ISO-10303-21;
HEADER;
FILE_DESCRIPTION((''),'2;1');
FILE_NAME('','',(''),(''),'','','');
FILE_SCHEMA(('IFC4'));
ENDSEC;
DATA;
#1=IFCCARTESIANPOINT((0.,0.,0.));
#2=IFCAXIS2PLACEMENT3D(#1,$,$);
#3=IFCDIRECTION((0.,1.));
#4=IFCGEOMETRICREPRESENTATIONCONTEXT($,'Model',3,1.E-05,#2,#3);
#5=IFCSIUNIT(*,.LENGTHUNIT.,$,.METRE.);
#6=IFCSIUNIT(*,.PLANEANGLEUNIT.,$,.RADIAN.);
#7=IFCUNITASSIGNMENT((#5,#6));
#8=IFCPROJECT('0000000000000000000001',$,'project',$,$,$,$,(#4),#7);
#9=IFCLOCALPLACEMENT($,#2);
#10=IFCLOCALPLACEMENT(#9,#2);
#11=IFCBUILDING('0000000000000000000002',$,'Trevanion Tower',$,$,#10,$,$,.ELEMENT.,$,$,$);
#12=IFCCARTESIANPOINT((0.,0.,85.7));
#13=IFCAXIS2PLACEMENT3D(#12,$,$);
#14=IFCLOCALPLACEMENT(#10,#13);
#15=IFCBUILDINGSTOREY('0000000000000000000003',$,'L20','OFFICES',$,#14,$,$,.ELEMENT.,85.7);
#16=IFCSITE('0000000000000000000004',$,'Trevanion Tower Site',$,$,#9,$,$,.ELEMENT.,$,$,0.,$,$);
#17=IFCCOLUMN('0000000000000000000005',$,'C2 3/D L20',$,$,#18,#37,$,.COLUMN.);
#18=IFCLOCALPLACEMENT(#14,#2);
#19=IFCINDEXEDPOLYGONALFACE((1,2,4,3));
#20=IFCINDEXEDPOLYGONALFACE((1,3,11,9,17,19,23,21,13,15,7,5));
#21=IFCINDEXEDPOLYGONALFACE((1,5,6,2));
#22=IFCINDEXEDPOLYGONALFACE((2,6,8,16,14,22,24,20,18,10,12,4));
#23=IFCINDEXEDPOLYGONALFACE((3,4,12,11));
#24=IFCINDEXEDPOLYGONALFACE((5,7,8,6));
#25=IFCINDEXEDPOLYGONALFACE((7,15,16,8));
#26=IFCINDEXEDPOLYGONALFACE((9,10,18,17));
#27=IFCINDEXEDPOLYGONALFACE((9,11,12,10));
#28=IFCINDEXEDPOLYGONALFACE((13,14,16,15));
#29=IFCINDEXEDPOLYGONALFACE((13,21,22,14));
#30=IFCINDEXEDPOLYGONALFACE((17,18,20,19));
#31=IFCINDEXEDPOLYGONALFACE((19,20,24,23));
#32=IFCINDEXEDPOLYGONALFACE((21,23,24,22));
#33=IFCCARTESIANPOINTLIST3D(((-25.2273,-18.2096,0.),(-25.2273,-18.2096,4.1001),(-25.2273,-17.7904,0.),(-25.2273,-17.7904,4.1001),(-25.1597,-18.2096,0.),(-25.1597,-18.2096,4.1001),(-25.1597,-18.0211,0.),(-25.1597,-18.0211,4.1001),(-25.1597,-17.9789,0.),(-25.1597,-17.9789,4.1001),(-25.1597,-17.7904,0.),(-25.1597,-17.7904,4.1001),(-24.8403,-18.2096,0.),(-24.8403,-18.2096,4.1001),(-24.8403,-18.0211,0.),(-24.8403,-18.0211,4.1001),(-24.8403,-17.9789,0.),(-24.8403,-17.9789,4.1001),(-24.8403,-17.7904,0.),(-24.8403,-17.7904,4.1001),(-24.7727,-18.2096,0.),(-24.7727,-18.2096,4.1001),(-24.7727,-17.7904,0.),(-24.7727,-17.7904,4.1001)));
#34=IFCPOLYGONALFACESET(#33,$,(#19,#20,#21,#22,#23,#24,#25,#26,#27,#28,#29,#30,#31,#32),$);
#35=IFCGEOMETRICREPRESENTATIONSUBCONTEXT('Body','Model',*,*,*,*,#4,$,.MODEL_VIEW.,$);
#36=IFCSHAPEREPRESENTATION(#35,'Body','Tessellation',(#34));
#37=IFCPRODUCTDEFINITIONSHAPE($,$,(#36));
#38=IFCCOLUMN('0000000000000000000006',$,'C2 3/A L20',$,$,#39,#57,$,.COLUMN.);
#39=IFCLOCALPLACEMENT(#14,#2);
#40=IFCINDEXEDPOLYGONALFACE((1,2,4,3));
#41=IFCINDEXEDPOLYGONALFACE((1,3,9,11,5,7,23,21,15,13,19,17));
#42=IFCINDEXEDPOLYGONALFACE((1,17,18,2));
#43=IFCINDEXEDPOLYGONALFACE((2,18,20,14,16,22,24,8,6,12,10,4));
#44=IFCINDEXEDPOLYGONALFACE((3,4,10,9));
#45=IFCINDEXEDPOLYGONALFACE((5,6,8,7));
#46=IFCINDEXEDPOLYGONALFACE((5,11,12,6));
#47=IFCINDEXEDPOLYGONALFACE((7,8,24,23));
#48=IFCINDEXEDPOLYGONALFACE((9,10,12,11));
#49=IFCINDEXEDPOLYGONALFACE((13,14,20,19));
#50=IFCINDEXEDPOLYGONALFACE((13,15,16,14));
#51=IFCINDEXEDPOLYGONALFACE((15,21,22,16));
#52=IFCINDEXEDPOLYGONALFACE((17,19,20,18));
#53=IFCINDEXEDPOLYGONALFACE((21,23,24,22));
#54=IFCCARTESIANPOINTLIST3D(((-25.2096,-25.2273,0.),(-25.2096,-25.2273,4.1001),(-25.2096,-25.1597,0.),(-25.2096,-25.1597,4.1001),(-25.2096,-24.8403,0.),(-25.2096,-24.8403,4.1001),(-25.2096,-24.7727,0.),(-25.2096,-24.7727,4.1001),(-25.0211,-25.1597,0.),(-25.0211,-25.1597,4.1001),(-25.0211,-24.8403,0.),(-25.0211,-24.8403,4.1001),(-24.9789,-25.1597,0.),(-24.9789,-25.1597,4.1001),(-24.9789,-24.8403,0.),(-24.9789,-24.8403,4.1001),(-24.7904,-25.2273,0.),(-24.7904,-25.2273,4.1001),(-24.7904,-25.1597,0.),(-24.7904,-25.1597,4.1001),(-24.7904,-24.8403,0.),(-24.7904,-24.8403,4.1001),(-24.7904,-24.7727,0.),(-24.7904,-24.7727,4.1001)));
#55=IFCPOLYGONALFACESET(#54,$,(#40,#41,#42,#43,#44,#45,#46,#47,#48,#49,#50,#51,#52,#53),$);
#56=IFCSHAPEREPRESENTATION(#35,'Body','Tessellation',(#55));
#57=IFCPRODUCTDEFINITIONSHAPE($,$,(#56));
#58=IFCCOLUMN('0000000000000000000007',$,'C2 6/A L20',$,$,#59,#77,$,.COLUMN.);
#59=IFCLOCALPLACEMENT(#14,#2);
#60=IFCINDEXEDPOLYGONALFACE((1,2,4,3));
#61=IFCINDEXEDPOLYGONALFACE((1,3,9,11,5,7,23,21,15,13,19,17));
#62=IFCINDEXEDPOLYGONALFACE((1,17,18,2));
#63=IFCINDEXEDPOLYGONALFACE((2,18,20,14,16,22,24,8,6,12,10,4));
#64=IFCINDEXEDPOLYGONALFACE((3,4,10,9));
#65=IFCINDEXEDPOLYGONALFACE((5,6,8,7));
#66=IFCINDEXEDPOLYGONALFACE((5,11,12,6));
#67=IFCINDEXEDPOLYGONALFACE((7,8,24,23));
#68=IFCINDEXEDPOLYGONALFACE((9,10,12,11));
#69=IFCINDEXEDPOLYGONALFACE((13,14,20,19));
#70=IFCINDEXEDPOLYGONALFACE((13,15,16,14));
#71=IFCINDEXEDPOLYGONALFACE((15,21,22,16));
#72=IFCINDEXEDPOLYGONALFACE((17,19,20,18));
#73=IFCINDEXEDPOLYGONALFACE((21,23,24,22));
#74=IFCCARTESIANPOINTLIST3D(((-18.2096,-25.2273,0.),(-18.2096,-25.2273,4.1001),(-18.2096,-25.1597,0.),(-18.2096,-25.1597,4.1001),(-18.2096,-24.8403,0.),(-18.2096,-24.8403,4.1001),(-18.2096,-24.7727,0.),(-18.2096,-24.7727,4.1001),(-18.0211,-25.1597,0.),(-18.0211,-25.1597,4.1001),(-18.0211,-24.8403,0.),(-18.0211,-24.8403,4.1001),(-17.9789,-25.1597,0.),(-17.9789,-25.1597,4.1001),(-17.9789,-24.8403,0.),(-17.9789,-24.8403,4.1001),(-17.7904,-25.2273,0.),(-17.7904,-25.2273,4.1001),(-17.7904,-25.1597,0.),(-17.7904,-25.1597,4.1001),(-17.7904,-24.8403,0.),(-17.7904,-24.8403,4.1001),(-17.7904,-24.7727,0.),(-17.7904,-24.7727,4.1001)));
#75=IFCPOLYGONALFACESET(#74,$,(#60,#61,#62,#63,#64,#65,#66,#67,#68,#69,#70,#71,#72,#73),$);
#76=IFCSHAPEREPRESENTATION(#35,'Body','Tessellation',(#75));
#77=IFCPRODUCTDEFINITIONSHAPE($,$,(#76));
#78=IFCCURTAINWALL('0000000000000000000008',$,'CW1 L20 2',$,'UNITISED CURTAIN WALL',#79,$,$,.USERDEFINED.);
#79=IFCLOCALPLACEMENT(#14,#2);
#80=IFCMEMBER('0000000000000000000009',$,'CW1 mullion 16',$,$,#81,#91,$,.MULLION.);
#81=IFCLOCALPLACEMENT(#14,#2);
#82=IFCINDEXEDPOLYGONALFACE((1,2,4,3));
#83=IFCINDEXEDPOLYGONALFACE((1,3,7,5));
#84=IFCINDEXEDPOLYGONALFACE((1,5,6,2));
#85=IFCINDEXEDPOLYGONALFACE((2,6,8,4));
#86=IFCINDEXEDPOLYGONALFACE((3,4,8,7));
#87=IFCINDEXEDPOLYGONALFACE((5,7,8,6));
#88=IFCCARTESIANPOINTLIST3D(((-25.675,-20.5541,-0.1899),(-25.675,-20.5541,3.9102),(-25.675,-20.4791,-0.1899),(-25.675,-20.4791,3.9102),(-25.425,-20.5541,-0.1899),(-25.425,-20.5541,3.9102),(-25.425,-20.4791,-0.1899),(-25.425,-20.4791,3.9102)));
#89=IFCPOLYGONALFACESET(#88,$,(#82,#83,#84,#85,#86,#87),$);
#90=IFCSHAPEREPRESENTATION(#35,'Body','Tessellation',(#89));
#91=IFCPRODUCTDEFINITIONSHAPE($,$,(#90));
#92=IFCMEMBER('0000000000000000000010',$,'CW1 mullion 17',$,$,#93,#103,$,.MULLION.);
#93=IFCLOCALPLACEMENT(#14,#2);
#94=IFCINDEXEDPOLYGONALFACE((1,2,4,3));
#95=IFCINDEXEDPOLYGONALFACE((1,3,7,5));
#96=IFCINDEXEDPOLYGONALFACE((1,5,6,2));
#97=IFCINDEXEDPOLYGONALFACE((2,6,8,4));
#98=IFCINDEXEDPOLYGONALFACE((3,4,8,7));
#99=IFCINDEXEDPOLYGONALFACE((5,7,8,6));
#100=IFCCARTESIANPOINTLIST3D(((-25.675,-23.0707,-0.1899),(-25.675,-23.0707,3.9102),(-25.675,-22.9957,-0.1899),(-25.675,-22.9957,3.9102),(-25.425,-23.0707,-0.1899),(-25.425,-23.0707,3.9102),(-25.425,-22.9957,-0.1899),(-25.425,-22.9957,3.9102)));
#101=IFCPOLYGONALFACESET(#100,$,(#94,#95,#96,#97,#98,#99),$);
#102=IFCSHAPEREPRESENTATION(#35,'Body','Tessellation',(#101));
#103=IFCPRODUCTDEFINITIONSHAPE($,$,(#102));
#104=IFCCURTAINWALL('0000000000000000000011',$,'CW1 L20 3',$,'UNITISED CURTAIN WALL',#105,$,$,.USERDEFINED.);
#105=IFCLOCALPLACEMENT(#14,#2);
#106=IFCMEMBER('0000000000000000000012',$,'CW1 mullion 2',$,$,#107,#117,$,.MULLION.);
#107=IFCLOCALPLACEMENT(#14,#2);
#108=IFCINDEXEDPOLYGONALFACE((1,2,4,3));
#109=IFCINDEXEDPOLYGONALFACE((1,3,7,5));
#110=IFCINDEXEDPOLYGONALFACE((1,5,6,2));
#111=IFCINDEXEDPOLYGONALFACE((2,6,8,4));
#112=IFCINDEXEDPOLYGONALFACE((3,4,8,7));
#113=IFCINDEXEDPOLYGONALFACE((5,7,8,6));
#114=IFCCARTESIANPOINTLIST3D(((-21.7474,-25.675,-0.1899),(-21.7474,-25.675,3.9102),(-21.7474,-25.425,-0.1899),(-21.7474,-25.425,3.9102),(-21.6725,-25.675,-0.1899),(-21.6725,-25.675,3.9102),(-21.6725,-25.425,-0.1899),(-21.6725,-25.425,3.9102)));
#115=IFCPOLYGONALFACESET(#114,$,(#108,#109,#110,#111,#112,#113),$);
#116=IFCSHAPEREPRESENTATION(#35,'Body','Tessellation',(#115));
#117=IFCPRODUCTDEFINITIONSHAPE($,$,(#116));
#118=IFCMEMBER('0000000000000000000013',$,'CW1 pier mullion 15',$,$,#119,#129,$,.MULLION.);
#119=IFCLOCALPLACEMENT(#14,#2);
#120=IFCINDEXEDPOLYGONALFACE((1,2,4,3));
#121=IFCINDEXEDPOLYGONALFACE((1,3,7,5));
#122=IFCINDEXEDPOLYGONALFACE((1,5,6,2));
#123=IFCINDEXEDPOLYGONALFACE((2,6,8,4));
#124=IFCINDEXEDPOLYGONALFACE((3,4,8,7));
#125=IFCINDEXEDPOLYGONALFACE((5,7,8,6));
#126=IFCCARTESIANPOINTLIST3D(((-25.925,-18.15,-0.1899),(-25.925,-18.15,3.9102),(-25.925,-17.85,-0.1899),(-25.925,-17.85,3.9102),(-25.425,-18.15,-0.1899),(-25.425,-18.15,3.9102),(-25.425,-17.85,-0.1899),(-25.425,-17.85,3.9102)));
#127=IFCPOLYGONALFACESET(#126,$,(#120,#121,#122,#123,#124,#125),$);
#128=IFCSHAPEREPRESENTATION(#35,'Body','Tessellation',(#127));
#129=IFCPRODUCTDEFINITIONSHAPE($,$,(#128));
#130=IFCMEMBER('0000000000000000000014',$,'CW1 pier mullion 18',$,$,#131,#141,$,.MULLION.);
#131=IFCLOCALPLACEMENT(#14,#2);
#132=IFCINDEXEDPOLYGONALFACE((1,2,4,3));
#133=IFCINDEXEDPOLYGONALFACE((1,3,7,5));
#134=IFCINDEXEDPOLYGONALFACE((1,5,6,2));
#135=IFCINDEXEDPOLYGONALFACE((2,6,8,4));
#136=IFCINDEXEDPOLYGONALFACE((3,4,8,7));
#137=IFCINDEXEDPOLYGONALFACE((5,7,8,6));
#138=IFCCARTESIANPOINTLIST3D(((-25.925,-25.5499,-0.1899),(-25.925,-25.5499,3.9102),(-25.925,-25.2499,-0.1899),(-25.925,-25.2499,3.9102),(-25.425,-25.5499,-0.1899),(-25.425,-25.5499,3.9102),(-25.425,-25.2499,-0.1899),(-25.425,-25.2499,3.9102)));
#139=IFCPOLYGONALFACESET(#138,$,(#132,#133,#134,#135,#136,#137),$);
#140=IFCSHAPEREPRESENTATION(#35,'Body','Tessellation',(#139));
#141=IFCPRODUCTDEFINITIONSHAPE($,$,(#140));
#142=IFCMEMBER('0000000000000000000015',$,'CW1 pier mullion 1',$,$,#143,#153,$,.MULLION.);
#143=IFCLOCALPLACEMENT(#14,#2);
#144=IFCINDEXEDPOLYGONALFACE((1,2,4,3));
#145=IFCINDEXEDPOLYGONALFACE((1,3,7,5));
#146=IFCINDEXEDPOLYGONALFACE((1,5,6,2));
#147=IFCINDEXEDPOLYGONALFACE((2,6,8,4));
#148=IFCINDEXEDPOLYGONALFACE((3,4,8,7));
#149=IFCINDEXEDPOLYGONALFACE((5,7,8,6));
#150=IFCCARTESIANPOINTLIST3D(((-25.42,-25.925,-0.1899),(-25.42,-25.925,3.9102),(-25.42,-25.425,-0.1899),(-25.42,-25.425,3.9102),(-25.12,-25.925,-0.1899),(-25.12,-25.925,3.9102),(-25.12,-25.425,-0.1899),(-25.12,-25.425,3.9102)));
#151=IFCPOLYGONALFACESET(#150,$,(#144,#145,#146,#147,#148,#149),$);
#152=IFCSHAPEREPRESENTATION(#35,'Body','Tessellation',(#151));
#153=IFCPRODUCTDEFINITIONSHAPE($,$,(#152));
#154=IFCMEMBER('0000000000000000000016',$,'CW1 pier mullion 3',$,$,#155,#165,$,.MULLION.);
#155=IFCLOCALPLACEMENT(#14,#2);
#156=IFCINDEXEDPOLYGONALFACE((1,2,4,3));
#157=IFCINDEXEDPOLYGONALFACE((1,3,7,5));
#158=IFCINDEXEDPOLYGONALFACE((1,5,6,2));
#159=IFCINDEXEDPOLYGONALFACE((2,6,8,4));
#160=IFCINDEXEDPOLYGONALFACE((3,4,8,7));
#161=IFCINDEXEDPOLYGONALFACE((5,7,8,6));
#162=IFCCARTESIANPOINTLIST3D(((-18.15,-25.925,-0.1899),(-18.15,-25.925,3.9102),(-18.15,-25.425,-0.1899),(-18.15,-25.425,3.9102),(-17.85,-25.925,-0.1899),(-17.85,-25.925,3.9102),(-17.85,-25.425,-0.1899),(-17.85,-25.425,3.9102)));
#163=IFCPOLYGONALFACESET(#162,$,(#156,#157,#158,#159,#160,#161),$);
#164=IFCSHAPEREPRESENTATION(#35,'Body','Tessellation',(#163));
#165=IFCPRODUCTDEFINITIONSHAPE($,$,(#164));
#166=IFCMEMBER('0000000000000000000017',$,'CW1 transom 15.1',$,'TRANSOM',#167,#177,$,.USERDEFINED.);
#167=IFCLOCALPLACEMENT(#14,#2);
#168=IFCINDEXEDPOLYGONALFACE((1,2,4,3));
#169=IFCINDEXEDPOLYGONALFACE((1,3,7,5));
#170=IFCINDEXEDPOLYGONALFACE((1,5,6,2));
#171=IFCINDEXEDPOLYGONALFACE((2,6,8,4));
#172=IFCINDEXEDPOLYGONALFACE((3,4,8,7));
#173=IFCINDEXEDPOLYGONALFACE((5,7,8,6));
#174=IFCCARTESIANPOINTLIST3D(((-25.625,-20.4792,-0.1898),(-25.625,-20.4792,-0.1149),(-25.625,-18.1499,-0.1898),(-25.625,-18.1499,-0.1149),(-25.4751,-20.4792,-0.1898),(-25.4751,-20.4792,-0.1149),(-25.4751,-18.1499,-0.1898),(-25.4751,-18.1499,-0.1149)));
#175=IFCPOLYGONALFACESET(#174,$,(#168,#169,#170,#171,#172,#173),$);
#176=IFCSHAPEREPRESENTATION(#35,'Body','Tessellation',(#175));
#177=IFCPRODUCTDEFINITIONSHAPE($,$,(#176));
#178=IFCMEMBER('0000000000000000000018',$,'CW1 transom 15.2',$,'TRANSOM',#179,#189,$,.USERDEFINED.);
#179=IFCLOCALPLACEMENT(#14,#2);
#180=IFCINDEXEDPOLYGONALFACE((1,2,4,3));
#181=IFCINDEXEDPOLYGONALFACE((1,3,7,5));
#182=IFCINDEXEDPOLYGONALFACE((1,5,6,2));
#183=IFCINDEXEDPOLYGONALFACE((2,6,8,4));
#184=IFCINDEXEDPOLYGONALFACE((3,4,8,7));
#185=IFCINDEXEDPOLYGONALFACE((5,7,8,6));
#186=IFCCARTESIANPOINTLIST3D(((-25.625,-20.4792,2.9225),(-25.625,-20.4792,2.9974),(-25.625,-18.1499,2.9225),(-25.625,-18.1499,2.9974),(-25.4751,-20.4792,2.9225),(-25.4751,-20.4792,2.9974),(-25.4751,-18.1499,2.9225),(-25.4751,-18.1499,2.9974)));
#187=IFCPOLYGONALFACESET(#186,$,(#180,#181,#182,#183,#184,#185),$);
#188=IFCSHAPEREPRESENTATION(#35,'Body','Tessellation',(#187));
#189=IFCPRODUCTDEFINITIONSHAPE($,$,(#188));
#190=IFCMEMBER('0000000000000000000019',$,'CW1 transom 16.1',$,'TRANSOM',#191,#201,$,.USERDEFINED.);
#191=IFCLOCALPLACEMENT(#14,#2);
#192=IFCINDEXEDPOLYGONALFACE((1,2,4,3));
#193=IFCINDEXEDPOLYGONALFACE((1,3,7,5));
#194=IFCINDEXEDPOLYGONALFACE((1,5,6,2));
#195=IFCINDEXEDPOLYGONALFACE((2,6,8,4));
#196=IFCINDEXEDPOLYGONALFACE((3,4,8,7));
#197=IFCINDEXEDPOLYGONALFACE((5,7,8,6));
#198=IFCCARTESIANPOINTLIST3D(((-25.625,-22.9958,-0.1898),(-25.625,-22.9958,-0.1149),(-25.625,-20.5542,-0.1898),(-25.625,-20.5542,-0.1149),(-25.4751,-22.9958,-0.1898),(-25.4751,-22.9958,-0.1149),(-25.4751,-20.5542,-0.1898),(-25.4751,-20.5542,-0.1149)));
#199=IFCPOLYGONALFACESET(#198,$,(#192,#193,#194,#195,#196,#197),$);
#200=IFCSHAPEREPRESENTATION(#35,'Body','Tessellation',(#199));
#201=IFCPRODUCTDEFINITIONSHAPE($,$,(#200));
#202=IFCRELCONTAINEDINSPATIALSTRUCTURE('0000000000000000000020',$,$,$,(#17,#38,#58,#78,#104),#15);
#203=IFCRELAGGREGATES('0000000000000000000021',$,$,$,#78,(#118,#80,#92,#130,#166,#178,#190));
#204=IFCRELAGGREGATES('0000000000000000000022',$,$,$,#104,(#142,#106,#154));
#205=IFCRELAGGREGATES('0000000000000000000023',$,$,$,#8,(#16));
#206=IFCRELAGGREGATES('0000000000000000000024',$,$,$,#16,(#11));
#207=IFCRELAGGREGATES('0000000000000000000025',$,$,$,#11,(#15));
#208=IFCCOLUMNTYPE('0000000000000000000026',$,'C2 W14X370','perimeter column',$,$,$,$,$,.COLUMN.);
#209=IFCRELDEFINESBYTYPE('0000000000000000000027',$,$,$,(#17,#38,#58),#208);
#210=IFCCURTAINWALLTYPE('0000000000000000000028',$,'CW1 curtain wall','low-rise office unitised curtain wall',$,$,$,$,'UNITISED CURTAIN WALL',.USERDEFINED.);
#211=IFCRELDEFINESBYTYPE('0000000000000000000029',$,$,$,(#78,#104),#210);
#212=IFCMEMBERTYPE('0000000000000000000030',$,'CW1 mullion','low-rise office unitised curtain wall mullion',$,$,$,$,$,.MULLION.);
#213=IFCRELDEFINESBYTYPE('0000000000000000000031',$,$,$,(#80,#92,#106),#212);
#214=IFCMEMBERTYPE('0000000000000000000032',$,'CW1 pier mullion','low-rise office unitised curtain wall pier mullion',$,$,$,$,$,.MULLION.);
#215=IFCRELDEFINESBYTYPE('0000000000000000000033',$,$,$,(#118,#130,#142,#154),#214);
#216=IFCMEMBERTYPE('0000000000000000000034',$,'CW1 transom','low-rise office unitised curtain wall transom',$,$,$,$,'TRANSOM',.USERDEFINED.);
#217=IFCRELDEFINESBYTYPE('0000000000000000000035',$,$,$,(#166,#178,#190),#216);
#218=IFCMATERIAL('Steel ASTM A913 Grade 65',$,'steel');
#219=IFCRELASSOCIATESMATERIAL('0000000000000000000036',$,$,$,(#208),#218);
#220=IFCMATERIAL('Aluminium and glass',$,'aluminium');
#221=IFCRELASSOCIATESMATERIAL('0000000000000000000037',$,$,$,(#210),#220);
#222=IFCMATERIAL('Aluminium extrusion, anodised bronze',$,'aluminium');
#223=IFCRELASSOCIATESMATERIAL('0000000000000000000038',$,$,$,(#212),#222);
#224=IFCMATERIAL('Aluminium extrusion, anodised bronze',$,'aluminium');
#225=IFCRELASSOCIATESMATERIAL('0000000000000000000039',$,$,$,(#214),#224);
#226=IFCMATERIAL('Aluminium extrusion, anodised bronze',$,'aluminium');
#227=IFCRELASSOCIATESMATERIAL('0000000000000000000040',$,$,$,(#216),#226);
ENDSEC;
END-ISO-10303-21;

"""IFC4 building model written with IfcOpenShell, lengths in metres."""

from ifc_helpers import new_model, si_unit, direction, frame, origin, origin_2d, place, context, subcontext, project, spatial, rectangle, i_section, extrude, material, material_profile, profile_set, type_object, element, aggregate, save


model = new_model("IFC4")

# Units and contexts
model_context = context("Model", 3, precision=1e-05, world=origin(), true_north=direction((0.0, 1.0)))
body_context = subcontext(model_context, "Body", "Model", "MODEL_VIEW")
ifc_project = project(units=[si_unit("LENGTHUNIT", "METRE"), si_unit("PLANEANGLEUNIT", "RADIAN")], contexts=[model_context])

# Site, building, storey
site_placement = place(None, origin())
site = spatial("IfcSite", under=ifc_project, at=site_placement, Name="Trevanion Tower Site", CompositionType="ELEMENT", RefElevation=0.0)
building_placement = place(site_placement, origin())
building = spatial("IfcBuilding", under=site, at=building_placement, Name="Trevanion Tower", CompositionType="ELEMENT")
storey_placement = place(building_placement, frame((0.0, 0.0, 85.7)))
storey = spatial("IfcBuildingStorey", under=building, at=storey_placement, Name="L20", Description="OFFICES", CompositionType="ELEMENT", Elevation=85.7)

# Columns
ifc_material_1 = material(Name="Steel ASTM A913 Grade 65", Category="steel")
ifc_material_profile_1 = material_profile(ifc_material_1, i_section(OverallWidth=0.4192, OverallDepth=0.4546, WebThickness=0.0422, FlangeThickness=0.0676, at=origin_2d()), Name="W14X370")
ifc_profile_set_1 = profile_set([ifc_material_profile_1], Name="Steel ASTM A913 Grade 65")
column_type = type_object("IfcColumnType", Name="C2 W14X370", Description="perimeter column", PredefinedType="COLUMN", material=ifc_profile_set_1)
for number, where, z_axis, x_axis, name in (
    (1, (-25.0, -18.0, 0.0), (0.0, 0.0, 1.0), (0.0, 1.0, 0.0), "C2 3/D L20"),
    (2, (-25.0, -25.0, 0.0), (0.0, 0.0, 1.0), (1.0, 0.0, 0.0), "C2 3/A L20"),
    (3, (-18.0, -25.0, 0.0), (0.0, 0.0, 1.0), (1.0, 0.0, 0.0), "C2 6/A L20"),
):
    element("IfcColumn", number, at=place(storey_placement, frame(where, z_axis=z_axis, x_axis=x_axis)), inside=storey, type_object=column_type, Name=name, PredefinedType="COLUMN", context=body_context, shape_type="SweptSolid", body=[
        extrude(i_section(OverallWidth=0.4192, OverallDepth=0.4546, WebThickness=0.0422, FlangeThickness=0.0676, at=origin_2d()), origin(), (0.0, 0.0, 1.0), 4.1001),
    ])

# Curtain wall, members
ifc_material_2 = material(Name="Aluminium and glass", Category="aluminium")
curtain_wall_type = type_object("IfcCurtainWallType", Name="CW1 curtain wall", Description="low-rise office unitised curtain wall", ElementType="UNITISED CURTAIN WALL", PredefinedType="USERDEFINED", material=ifc_material_2)
curtain_wall_1_placement = place(storey_placement, origin())
curtain_wall_1 = element("IfcCurtainWall", 4, at=curtain_wall_1_placement, inside=storey, type_object=curtain_wall_type, Name="CW1 L20 2", ObjectType="UNITISED CURTAIN WALL", PredefinedType="USERDEFINED")
ifc_material_3 = material(Name="Aluminium extrusion, anodised bronze", Category="aluminium")
ifc_material_profile_2 = material_profile(ifc_material_3, rectangle(XDim=0.075, YDim=0.25, at=origin_2d()), Name="CW1 mullion")
ifc_profile_set_2 = profile_set([ifc_material_profile_2], Name="Aluminium extrusion, anodised bronze")
member_type_1 = type_object("IfcMemberType", Name="CW1 mullion", Description="low-rise office unitised curtain wall mullion", PredefinedType="MULLION", material=ifc_profile_set_2)
member_1_placement = place(storey_placement, frame((-25.55, -20.5166, -0.1899), z_axis=(0.0, 0.0, 1.0), x_axis=(0.0, -1.0, 0.0)))
member_1 = element("IfcMember", 5, at=member_1_placement, type_object=member_type_1, Name="CW1 mullion 16", PredefinedType="MULLION", context=body_context, shape_type="SweptSolid", body=[
    extrude(rectangle(XDim=0.075, YDim=0.25, at=origin_2d()), origin(), (0.0, 0.0, 1.0), 4.1001),
])
member_2_placement = place(storey_placement, frame((-25.55, -23.0332, -0.1899), z_axis=(0.0, 0.0, 1.0), x_axis=(0.0, -1.0, 0.0)))
member_2 = element("IfcMember", 6, at=member_2_placement, type_object=member_type_1, Name="CW1 mullion 17", PredefinedType="MULLION", context=body_context, shape_type="SweptSolid", body=[
    extrude(rectangle(XDim=0.075, YDim=0.25, at=origin_2d()), origin(), (0.0, 0.0, 1.0), 4.1001),
])

# Curtain wall, member
curtain_wall_2_placement = place(storey_placement, origin())
curtain_wall_2 = element("IfcCurtainWall", 7, at=curtain_wall_2_placement, inside=storey, type_object=curtain_wall_type, Name="CW1 L20 3", ObjectType="UNITISED CURTAIN WALL", PredefinedType="USERDEFINED")
member_3_placement = place(storey_placement, frame((-21.71, -25.55, -0.1899), z_axis=(0.0, 0.0, 1.0), x_axis=(1.0, 0.0, 0.0)))
member_3 = element("IfcMember", 8, at=member_3_placement, type_object=member_type_1, Name="CW1 mullion 2", PredefinedType="MULLION", context=body_context, shape_type="SweptSolid", body=[
    extrude(rectangle(XDim=0.075, YDim=0.25, at=origin_2d()), origin(), (0.0, 0.0, 1.0), 4.1001),
])

# Members
ifc_material_4 = material(Name="Aluminium extrusion, anodised bronze", Category="aluminium")
ifc_material_profile_3 = material_profile(ifc_material_4, rectangle(XDim=0.3, YDim=0.5, at=origin_2d()), Name="CW1 pier mullion")
ifc_profile_set_3 = profile_set([ifc_material_profile_3], Name="Aluminium extrusion, anodised bronze")
member_type_2 = type_object("IfcMemberType", Name="CW1 pier mullion", Description="low-rise office unitised curtain wall pier mullion", PredefinedType="MULLION", material=ifc_profile_set_3)
member_4_placement = place(storey_placement, frame((-25.675, -18.0, -0.1899), z_axis=(0.0, 0.0, 1.0), x_axis=(0.0, -1.0, 0.0)))
member_4 = element("IfcMember", 9, at=member_4_placement, type_object=member_type_2, Name="CW1 pier mullion 15", PredefinedType="MULLION", context=body_context, shape_type="SweptSolid", body=[
    extrude(rectangle(XDim=0.3, YDim=0.5, at=origin_2d()), origin(), (0.0, 0.0, 1.0), 4.1001),
])
member_5_placement = place(storey_placement, frame((-25.675, -25.3999, -0.1899), z_axis=(0.0, 0.0, 1.0), x_axis=(0.0, -1.0, 0.0)))
member_5 = element("IfcMember", 10, at=member_5_placement, type_object=member_type_2, Name="CW1 pier mullion 18", PredefinedType="MULLION", context=body_context, shape_type="SweptSolid", body=[
    extrude(rectangle(XDim=0.3, YDim=0.5, at=origin_2d()), origin(), (0.0, 0.0, 1.0), 4.1001),
])
member_6_placement = place(storey_placement, frame((-25.27, -25.675, -0.1899), z_axis=(0.0, 0.0, 1.0), x_axis=(1.0, 0.0, 0.0)))
member_6 = element("IfcMember", 11, at=member_6_placement, type_object=member_type_2, Name="CW1 pier mullion 1", PredefinedType="MULLION", context=body_context, shape_type="SweptSolid", body=[
    extrude(rectangle(XDim=0.3, YDim=0.5, at=origin_2d()), origin(), (0.0, 0.0, 1.0), 4.1001),
])
member_7_placement = place(storey_placement, frame((-18.0, -25.675, -0.1899), z_axis=(0.0, 0.0, 1.0), x_axis=(1.0, 0.0, 0.0)))
member_7 = element("IfcMember", 12, at=member_7_placement, type_object=member_type_2, Name="CW1 pier mullion 3", PredefinedType="MULLION", context=body_context, shape_type="SweptSolid", body=[
    extrude(rectangle(XDim=0.3, YDim=0.5, at=origin_2d()), origin(), (0.0, 0.0, 1.0), 4.1001),
])
ifc_material_5 = material(Name="Aluminium extrusion, anodised bronze", Category="aluminium")
ifc_material_profile_4 = material_profile(ifc_material_5, rectangle(XDim=0.1499, YDim=0.075, at=origin_2d()), Name="CW1 transom")
ifc_profile_set_4 = profile_set([ifc_material_profile_4], Name="Aluminium extrusion, anodised bronze")
member_type_3 = type_object("IfcMemberType", Name="CW1 transom", Description="low-rise office unitised curtain wall transom", ElementType="TRANSOM", PredefinedType="USERDEFINED", material=ifc_profile_set_4)
member_8_placement = place(storey_placement, frame((-25.55, -18.1499, -0.1523), z_axis=(0.0, -1.0, 0.0), x_axis=(1.0, 0.0, 0.0)))
member_8 = element("IfcMember", 13, at=member_8_placement, type_object=member_type_3, Name="CW1 transom 15.1", ObjectType="TRANSOM", PredefinedType="USERDEFINED", context=body_context, shape_type="SweptSolid", body=[
    extrude(rectangle(XDim=0.1499, YDim=0.075, at=origin_2d()), origin(), (0.0, 0.0, 1.0), 2.3293),
])
member_9_placement = place(storey_placement, frame((-25.55, -18.1499, 2.96), z_axis=(0.0, -1.0, 0.0), x_axis=(1.0, 0.0, 0.0)))
member_9 = element("IfcMember", 14, at=member_9_placement, type_object=member_type_3, Name="CW1 transom 15.2", ObjectType="TRANSOM", PredefinedType="USERDEFINED", context=body_context, shape_type="SweptSolid", body=[
    extrude(rectangle(XDim=0.1499, YDim=0.075, at=origin_2d()), origin(), (0.0, 0.0, 1.0), 2.3293),
])
member_10_placement = place(storey_placement, frame((-25.55, -20.5542, -0.1523), z_axis=(0.0, -1.0, 0.0), x_axis=(1.0, 0.0, 0.0)))
member_10 = element("IfcMember", 15, at=member_10_placement, type_object=member_type_3, Name="CW1 transom 16.1", ObjectType="TRANSOM", PredefinedType="USERDEFINED", context=body_context, shape_type="SweptSolid", body=[
    extrude(rectangle(XDim=0.1499, YDim=0.075, at=origin_2d()), origin(), (0.0, 0.0, 1.0), 2.4417),
])

aggregate(curtain_wall_1, [member_4, member_1, member_2, member_5, member_8, member_9, member_10])
aggregate(curtain_wall_2, [member_6, member_3, member_7])

save(model, "model.ifc")
